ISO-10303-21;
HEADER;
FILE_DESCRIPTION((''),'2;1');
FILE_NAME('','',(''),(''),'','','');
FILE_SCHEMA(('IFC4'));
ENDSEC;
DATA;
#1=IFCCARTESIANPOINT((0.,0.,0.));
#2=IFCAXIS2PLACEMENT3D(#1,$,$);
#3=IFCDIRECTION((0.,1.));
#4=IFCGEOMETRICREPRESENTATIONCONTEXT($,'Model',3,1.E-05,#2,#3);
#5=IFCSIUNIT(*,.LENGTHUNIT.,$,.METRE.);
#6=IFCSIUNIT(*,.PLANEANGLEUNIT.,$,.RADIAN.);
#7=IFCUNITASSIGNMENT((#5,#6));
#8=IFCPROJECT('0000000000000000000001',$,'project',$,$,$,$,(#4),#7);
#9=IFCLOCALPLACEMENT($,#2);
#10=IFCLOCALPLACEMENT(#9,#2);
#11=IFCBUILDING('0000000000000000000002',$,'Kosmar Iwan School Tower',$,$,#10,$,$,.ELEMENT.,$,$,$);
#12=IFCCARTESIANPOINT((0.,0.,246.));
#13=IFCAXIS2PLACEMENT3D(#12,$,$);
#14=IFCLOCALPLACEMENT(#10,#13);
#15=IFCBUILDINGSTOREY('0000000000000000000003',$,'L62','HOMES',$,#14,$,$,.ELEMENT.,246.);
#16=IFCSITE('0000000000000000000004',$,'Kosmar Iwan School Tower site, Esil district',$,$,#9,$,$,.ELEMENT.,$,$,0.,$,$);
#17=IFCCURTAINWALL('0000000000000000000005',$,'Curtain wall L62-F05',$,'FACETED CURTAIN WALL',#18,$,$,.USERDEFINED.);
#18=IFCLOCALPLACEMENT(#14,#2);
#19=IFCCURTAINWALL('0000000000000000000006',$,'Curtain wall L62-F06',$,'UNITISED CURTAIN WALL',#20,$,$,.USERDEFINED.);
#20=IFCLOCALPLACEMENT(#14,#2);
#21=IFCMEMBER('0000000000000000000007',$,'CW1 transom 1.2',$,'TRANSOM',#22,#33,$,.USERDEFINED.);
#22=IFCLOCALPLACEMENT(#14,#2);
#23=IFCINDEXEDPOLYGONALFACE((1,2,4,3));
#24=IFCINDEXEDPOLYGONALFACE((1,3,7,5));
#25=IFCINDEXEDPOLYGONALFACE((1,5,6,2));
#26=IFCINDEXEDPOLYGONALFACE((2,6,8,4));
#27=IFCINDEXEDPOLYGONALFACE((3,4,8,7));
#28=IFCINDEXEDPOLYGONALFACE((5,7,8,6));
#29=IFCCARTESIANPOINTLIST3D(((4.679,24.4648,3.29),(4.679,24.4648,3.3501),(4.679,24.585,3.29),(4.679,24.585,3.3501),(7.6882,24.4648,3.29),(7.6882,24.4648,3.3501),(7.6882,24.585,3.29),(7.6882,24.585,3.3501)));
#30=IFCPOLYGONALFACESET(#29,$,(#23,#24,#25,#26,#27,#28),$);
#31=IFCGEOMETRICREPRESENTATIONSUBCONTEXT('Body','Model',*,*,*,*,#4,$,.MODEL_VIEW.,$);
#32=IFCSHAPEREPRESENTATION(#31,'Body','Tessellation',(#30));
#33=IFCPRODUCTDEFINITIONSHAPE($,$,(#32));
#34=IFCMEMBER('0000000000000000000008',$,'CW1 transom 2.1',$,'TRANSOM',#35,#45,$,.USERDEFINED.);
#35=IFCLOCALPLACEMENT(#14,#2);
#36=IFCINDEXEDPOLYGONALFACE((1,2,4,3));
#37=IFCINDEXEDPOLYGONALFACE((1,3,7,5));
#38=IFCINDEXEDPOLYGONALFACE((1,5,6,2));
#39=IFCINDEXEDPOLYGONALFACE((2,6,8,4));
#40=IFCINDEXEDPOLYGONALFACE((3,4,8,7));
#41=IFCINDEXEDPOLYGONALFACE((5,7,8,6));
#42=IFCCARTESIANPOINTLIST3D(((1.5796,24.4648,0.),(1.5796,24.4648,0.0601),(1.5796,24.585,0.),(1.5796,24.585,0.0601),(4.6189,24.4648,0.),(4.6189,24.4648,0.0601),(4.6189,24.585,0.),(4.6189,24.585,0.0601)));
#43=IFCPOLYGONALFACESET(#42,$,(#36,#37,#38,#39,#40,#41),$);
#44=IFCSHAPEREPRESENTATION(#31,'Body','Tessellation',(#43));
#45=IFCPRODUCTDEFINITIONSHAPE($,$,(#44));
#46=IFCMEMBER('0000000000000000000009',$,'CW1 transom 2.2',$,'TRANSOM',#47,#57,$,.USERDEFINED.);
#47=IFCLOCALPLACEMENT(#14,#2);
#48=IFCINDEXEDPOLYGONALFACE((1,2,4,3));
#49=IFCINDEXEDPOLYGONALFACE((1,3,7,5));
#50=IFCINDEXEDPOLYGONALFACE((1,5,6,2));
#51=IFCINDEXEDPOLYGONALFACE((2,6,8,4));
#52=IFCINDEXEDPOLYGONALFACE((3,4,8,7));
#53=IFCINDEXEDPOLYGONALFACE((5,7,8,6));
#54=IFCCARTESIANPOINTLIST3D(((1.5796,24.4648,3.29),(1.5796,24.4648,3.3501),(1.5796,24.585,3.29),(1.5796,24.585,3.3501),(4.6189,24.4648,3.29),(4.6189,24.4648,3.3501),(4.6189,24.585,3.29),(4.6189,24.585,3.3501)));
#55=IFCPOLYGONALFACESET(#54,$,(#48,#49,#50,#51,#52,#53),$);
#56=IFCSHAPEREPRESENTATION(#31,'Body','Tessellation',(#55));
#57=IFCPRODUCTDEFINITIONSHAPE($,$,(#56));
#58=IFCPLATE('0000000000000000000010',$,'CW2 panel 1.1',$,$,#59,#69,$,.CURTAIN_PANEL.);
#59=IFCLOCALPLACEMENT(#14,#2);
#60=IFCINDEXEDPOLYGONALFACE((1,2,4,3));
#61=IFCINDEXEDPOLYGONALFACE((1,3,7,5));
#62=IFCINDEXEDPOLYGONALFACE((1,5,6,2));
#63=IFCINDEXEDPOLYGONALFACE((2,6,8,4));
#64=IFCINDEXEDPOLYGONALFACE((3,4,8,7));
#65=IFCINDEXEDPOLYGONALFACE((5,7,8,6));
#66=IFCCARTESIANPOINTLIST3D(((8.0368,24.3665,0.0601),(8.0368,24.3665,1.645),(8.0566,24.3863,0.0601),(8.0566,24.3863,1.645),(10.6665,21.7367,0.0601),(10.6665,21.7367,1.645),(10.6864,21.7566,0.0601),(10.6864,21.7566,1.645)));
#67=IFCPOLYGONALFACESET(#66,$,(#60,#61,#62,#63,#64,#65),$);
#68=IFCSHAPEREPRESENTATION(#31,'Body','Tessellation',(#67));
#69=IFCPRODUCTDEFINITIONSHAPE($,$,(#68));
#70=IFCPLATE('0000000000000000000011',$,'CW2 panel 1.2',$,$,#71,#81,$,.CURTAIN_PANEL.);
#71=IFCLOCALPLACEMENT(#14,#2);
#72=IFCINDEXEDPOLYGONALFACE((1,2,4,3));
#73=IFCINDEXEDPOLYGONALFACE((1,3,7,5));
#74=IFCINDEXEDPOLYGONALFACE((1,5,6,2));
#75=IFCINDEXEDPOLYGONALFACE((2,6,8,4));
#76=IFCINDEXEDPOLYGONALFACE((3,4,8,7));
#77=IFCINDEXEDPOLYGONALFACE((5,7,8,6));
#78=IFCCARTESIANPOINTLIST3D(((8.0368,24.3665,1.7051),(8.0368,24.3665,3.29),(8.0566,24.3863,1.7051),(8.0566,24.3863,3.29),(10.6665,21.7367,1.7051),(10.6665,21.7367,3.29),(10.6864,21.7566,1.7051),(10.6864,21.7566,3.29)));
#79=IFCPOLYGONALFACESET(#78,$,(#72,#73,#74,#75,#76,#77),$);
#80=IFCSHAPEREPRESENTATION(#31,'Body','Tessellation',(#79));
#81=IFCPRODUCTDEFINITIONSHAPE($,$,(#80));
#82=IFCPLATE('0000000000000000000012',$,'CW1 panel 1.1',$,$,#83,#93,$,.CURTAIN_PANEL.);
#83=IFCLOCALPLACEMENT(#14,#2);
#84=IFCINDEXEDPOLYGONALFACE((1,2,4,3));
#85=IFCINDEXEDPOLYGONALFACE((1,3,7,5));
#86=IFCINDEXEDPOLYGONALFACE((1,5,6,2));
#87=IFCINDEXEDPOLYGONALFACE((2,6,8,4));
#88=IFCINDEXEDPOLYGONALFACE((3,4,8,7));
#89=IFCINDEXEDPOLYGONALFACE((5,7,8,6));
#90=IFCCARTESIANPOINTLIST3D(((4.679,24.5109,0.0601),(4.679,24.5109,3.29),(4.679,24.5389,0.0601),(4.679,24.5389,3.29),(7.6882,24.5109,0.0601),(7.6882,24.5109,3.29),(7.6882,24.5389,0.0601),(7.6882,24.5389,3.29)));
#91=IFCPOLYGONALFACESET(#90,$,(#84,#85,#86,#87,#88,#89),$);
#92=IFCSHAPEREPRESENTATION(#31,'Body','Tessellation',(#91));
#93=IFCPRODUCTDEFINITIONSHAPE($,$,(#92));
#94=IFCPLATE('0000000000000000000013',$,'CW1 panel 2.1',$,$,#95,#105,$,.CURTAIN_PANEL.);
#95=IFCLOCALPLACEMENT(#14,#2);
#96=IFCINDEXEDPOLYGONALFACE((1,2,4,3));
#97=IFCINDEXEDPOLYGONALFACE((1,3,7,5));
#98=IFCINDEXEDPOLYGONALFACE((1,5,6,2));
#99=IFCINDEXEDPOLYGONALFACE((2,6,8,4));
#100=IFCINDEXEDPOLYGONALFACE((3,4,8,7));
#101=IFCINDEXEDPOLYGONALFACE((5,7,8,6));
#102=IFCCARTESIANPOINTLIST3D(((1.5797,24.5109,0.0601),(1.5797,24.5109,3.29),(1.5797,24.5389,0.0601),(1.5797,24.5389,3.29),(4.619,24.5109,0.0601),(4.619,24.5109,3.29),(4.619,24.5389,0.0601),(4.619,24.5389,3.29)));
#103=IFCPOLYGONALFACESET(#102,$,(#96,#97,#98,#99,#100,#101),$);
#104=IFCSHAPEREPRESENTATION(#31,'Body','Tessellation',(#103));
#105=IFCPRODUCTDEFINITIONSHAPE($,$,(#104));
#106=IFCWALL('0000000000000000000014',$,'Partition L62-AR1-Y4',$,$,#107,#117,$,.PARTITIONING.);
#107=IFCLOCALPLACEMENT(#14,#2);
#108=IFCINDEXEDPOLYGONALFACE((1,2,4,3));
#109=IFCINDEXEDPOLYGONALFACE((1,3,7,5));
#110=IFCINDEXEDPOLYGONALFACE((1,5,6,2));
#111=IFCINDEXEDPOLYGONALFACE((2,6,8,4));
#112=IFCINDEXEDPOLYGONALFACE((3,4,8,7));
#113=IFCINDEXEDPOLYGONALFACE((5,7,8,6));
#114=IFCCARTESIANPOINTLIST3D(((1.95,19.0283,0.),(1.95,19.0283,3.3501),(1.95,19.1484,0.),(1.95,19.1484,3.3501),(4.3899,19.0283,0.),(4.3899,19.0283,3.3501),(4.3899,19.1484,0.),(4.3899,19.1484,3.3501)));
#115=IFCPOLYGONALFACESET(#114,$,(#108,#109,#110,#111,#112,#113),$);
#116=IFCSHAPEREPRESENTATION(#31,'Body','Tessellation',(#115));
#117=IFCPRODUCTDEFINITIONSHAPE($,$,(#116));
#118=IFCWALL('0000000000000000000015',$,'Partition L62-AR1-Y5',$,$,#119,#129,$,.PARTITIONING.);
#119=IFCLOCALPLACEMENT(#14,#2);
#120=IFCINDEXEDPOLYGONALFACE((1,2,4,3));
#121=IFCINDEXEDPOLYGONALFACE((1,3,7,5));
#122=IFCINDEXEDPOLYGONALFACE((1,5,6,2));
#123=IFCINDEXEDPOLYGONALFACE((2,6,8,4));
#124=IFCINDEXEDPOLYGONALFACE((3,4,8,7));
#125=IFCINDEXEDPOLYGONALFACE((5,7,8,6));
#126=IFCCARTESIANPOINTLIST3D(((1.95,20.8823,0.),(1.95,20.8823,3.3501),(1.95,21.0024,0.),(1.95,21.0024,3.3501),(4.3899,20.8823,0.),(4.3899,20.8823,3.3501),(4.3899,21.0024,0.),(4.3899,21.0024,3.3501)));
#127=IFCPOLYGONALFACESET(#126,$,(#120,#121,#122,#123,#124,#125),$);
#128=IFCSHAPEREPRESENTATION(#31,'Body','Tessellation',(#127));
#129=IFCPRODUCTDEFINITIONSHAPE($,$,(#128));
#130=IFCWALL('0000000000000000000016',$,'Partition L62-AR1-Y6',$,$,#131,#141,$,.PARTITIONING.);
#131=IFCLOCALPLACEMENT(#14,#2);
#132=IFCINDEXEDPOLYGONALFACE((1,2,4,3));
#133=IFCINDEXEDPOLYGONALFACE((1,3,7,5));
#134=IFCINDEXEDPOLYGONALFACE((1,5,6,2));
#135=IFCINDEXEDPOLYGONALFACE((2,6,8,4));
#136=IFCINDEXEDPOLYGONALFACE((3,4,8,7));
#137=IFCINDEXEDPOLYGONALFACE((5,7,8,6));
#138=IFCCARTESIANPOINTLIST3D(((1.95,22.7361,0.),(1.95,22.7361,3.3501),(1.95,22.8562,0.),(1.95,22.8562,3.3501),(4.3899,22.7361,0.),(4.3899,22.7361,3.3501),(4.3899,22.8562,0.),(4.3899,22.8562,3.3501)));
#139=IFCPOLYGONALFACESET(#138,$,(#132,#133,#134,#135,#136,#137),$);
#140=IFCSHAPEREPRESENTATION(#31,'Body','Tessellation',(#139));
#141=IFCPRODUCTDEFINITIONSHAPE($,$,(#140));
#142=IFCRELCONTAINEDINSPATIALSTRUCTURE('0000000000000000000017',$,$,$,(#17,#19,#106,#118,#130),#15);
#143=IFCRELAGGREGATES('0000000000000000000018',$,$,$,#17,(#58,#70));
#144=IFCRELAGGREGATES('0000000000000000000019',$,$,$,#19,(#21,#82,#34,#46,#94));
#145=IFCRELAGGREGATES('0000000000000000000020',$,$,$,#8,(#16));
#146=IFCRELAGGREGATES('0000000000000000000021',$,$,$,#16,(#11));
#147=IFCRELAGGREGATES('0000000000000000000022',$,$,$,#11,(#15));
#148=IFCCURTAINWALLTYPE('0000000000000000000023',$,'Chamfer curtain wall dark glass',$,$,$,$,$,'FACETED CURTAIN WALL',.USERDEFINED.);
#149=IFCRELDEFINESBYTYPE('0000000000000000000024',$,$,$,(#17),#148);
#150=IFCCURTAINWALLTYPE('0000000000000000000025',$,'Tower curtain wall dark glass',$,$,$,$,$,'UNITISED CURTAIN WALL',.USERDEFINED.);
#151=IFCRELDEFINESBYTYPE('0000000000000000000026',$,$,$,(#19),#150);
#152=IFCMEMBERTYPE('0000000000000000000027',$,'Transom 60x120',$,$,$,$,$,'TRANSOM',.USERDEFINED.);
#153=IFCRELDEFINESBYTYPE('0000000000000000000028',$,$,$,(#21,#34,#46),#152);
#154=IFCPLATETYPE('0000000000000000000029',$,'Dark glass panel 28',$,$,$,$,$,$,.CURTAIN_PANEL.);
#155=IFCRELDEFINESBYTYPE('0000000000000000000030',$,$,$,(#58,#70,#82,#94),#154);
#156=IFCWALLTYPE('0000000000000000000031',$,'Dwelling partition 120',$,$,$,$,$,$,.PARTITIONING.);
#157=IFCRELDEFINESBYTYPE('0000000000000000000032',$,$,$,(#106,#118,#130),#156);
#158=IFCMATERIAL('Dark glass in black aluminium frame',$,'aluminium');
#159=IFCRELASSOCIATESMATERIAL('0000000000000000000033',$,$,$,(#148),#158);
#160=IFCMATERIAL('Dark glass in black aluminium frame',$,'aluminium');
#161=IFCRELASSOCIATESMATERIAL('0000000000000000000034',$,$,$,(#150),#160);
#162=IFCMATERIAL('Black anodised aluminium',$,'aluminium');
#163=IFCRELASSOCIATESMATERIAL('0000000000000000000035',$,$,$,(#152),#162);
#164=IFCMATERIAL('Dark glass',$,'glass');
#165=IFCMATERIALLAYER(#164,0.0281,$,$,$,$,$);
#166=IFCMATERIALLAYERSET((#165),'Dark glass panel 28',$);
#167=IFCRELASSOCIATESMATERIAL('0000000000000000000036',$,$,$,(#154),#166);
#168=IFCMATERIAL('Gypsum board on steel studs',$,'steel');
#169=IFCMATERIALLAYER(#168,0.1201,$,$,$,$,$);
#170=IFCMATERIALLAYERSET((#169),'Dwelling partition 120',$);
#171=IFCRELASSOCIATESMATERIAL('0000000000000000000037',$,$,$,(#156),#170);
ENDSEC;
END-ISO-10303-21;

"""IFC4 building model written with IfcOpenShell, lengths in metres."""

from ifc_helpers import new_model, si_unit, direction, frame, frame_2d, origin, origin_2d, place, context, subcontext, project, spatial, rectangle, extrude, material, layer, layer_set, material_profile, profile_set, type_object, element, aggregate, save


model = new_model("IFC4")

# Units and contexts
model_context = context("Model", 3, precision=1e-05, world=origin(), true_north=direction((0.0, 1.0)))
body_context = subcontext(model_context, "Body", "Model", "MODEL_VIEW")
ifc_project = project(units=[si_unit("LENGTHUNIT", "METRE"), si_unit("PLANEANGLEUNIT", "RADIAN")], contexts=[model_context])

# Site, building, storey
site_placement = place(None, origin())
site = spatial("IfcSite", under=ifc_project, at=site_placement, Name="Kosmar Iwan School Tower site, Esil district", CompositionType="ELEMENT", RefElevation=0.0)
building_placement = place(site_placement, origin())
building = spatial("IfcBuilding", under=site, at=building_placement, Name="Kosmar Iwan School Tower", CompositionType="ELEMENT")
storey_placement = place(building_placement, frame((0.0, 0.0, 246.0)))
storey = spatial("IfcBuildingStorey", under=building, at=storey_placement, Name="L62", Description="HOMES", CompositionType="ELEMENT", Elevation=246.0)

# Curtain walls
ifc_material_1 = material(Name="Dark glass in black aluminium frame", Category="aluminium")
curtain_wall_type_1 = type_object("IfcCurtainWallType", Name="Chamfer curtain wall dark glass", ElementType="FACETED CURTAIN WALL", PredefinedType="USERDEFINED", material=ifc_material_1)
curtain_wall_1_placement = place(storey_placement, origin())
curtain_wall_1 = element("IfcCurtainWall", 1, at=curtain_wall_1_placement, inside=storey, type_object=curtain_wall_type_1, Name="Curtain wall L62-F05", ObjectType="FACETED CURTAIN WALL", PredefinedType="USERDEFINED")
ifc_material_2 = material(Name="Dark glass in black aluminium frame", Category="aluminium")
curtain_wall_type_2 = type_object("IfcCurtainWallType", Name="Tower curtain wall dark glass", ElementType="UNITISED CURTAIN WALL", PredefinedType="USERDEFINED", material=ifc_material_2)
curtain_wall_2_placement = place(storey_placement, origin())
curtain_wall_2 = element("IfcCurtainWall", 2, at=curtain_wall_2_placement, inside=storey, type_object=curtain_wall_type_2, Name="Curtain wall L62-F06", ObjectType="UNITISED CURTAIN WALL", PredefinedType="USERDEFINED")

# Members
ifc_material_3 = material(Name="Black anodised aluminium", Category="aluminium")
ifc_material_profile_1 = material_profile(ifc_material_3, rectangle(XDim=0.1201, YDim=0.0601, at=origin_2d()), Name="TRANSOM 60x120")
ifc_profile_set_1 = profile_set([ifc_material_profile_1], Name="Black anodised aluminium")
member_type_1 = type_object("IfcMemberType", Name="Transom 60x120", ElementType="TRANSOM", PredefinedType="USERDEFINED", material=ifc_profile_set_1)
member_1_placement = place(storey_placement, frame((7.6882, 24.5249, 3.3201), z_axis=(-1.0, 0.0, 0.0), x_axis=(0.0, -1.0, 0.0)))
member_1 = element("IfcMember", 3, at=member_1_placement, type_object=member_type_1, Name="CW1 transom 1.2", ObjectType="TRANSOM", PredefinedType="USERDEFINED", context=body_context, shape_type="SweptSolid", body=[
    extrude(rectangle(XDim=0.1201, YDim=0.0601, at=origin_2d()), origin(), (0.0, 0.0, 1.0), 3.0093),
])
member_2_placement = place(storey_placement, frame((4.6189, 24.5249, 0.03), z_axis=(-1.0, 0.0, 0.0), x_axis=(0.0, -1.0, 0.0)))
member_2 = element("IfcMember", 4, at=member_2_placement, type_object=member_type_1, Name="CW1 transom 2.1", ObjectType="TRANSOM", PredefinedType="USERDEFINED", context=body_context, shape_type="SweptSolid", body=[
    extrude(rectangle(XDim=0.1201, YDim=0.0601, at=origin_2d()), origin(), (0.0, 0.0, 1.0), 3.0393),
])
member_3_placement = place(storey_placement, frame((4.6189, 24.5249, 3.3201), z_axis=(-1.0, 0.0, 0.0), x_axis=(0.0, -1.0, 0.0)))
member_3 = element("IfcMember", 5, at=member_3_placement, type_object=member_type_1, Name="CW1 transom 2.2", ObjectType="TRANSOM", PredefinedType="USERDEFINED", context=body_context, shape_type="SweptSolid", body=[
    extrude(rectangle(XDim=0.1201, YDim=0.0601, at=origin_2d()), origin(), (0.0, 0.0, 1.0), 3.0393),
])

# Plates
ifc_material_4 = material(Name="Dark glass", Category="glass")
ifc_layer_1 = layer(ifc_material_4, 0.0281)
ifc_layer_set_1 = layer_set([ifc_layer_1], Name="Dark glass panel 28")
plate_type = type_object("IfcPlateType", Name="Dark glass panel 28", PredefinedType="CURTAIN_PANEL", material=ifc_layer_set_1)
plate_1_placement = place(storey_placement, frame((9.3616, 23.0615, 0.0601), z_axis=(0.0, 0.0, 1.0), x_axis=(-0.707107, 0.707107, 0.0)))
plate_1 = element("IfcPlate", 6, at=plate_1_placement, type_object=plate_type, Name="CW2 panel 1.1", PredefinedType="CURTAIN_PANEL", context=body_context, shape_type="SweptSolid", body=[
    extrude(rectangle(XDim=3.719, YDim=0.0281, at=origin_2d()), origin(), (0.0, 0.0, 1.0), 1.585),
])
plate_2_placement = place(storey_placement, frame((9.3616, 23.0615, 1.7051), z_axis=(0.0, 0.0, 1.0), x_axis=(-0.707107, 0.707107, 0.0)))
plate_2 = element("IfcPlate", 7, at=plate_2_placement, type_object=plate_type, Name="CW2 panel 1.2", PredefinedType="CURTAIN_PANEL", context=body_context, shape_type="SweptSolid", body=[
    extrude(rectangle(XDim=3.719, YDim=0.0281, at=origin_2d()), origin(), (0.0, 0.0, 1.0), 1.585),
])
aggregate(curtain_wall_1, [plate_1, plate_2])
plate_3_placement = place(storey_placement, frame((6.1836, 24.5249, 0.0601), z_axis=(0.0, 0.0, 1.0), x_axis=(-1.0, 0.0, 0.0)))
plate_3 = element("IfcPlate", 8, at=plate_3_placement, type_object=plate_type, Name="CW1 panel 1.1", PredefinedType="CURTAIN_PANEL", context=body_context, shape_type="SweptSolid", body=[
    extrude(rectangle(XDim=3.0093, YDim=0.0281, at=origin_2d()), origin(), (0.0, 0.0, 1.0), 3.23),
])
plate_4_placement = place(storey_placement, frame((3.0994, 24.5249, 0.0601), z_axis=(0.0, 0.0, 1.0), x_axis=(-1.0, 0.0, 0.0)))
plate_4 = element("IfcPlate", 9, at=plate_4_placement, type_object=plate_type, Name="CW1 panel 2.1", PredefinedType="CURTAIN_PANEL", context=body_context, shape_type="SweptSolid", body=[
    extrude(rectangle(XDim=3.0393, YDim=0.0281, at=origin_2d()), origin(), (0.0, 0.0, 1.0), 3.23),
])
aggregate(curtain_wall_2, [member_1, plate_3, member_2, member_3, plate_4])

# Walls
ifc_material_5 = material(Name="Gypsum board on steel studs", Category="steel")
ifc_layer_2 = layer(ifc_material_5, 0.1201)
ifc_layer_set_2 = layer_set([ifc_layer_2], Name="Dwelling partition 120")
wall_type = type_object("IfcWallType", Name="Dwelling partition 120", PredefinedType="PARTITIONING", material=ifc_layer_set_2)
for number, where, z_axis, x_axis, name in (
    (10, (1.95, 19.0884, 0.0), (0.0, 0.0, 1.0), (1.0, 0.0, 0.0), "Partition L62-AR1-Y4"),
    (11, (1.95, 20.9424, 0.0), (0.0, 0.0, 1.0), (1.0, 0.0, 0.0), "Partition L62-AR1-Y5"),
    (12, (1.95, 22.7961, 0.0), (0.0, 0.0, 1.0), (1.0, 0.0, 0.0), "Partition L62-AR1-Y6"),
):
    element("IfcWall", number, at=place(storey_placement, frame(where, z_axis=z_axis, x_axis=x_axis)), inside=storey, type_object=wall_type, Name=name, PredefinedType="PARTITIONING", context=body_context, shape_type="SweptSolid", body=[
        extrude(rectangle(XDim=2.4399, YDim=0.1201, at=frame_2d((1.22, 0.0))), origin(), (0.0, 0.0, 1.0), 3.3501),
    ])

save(model, "model.ifc")
